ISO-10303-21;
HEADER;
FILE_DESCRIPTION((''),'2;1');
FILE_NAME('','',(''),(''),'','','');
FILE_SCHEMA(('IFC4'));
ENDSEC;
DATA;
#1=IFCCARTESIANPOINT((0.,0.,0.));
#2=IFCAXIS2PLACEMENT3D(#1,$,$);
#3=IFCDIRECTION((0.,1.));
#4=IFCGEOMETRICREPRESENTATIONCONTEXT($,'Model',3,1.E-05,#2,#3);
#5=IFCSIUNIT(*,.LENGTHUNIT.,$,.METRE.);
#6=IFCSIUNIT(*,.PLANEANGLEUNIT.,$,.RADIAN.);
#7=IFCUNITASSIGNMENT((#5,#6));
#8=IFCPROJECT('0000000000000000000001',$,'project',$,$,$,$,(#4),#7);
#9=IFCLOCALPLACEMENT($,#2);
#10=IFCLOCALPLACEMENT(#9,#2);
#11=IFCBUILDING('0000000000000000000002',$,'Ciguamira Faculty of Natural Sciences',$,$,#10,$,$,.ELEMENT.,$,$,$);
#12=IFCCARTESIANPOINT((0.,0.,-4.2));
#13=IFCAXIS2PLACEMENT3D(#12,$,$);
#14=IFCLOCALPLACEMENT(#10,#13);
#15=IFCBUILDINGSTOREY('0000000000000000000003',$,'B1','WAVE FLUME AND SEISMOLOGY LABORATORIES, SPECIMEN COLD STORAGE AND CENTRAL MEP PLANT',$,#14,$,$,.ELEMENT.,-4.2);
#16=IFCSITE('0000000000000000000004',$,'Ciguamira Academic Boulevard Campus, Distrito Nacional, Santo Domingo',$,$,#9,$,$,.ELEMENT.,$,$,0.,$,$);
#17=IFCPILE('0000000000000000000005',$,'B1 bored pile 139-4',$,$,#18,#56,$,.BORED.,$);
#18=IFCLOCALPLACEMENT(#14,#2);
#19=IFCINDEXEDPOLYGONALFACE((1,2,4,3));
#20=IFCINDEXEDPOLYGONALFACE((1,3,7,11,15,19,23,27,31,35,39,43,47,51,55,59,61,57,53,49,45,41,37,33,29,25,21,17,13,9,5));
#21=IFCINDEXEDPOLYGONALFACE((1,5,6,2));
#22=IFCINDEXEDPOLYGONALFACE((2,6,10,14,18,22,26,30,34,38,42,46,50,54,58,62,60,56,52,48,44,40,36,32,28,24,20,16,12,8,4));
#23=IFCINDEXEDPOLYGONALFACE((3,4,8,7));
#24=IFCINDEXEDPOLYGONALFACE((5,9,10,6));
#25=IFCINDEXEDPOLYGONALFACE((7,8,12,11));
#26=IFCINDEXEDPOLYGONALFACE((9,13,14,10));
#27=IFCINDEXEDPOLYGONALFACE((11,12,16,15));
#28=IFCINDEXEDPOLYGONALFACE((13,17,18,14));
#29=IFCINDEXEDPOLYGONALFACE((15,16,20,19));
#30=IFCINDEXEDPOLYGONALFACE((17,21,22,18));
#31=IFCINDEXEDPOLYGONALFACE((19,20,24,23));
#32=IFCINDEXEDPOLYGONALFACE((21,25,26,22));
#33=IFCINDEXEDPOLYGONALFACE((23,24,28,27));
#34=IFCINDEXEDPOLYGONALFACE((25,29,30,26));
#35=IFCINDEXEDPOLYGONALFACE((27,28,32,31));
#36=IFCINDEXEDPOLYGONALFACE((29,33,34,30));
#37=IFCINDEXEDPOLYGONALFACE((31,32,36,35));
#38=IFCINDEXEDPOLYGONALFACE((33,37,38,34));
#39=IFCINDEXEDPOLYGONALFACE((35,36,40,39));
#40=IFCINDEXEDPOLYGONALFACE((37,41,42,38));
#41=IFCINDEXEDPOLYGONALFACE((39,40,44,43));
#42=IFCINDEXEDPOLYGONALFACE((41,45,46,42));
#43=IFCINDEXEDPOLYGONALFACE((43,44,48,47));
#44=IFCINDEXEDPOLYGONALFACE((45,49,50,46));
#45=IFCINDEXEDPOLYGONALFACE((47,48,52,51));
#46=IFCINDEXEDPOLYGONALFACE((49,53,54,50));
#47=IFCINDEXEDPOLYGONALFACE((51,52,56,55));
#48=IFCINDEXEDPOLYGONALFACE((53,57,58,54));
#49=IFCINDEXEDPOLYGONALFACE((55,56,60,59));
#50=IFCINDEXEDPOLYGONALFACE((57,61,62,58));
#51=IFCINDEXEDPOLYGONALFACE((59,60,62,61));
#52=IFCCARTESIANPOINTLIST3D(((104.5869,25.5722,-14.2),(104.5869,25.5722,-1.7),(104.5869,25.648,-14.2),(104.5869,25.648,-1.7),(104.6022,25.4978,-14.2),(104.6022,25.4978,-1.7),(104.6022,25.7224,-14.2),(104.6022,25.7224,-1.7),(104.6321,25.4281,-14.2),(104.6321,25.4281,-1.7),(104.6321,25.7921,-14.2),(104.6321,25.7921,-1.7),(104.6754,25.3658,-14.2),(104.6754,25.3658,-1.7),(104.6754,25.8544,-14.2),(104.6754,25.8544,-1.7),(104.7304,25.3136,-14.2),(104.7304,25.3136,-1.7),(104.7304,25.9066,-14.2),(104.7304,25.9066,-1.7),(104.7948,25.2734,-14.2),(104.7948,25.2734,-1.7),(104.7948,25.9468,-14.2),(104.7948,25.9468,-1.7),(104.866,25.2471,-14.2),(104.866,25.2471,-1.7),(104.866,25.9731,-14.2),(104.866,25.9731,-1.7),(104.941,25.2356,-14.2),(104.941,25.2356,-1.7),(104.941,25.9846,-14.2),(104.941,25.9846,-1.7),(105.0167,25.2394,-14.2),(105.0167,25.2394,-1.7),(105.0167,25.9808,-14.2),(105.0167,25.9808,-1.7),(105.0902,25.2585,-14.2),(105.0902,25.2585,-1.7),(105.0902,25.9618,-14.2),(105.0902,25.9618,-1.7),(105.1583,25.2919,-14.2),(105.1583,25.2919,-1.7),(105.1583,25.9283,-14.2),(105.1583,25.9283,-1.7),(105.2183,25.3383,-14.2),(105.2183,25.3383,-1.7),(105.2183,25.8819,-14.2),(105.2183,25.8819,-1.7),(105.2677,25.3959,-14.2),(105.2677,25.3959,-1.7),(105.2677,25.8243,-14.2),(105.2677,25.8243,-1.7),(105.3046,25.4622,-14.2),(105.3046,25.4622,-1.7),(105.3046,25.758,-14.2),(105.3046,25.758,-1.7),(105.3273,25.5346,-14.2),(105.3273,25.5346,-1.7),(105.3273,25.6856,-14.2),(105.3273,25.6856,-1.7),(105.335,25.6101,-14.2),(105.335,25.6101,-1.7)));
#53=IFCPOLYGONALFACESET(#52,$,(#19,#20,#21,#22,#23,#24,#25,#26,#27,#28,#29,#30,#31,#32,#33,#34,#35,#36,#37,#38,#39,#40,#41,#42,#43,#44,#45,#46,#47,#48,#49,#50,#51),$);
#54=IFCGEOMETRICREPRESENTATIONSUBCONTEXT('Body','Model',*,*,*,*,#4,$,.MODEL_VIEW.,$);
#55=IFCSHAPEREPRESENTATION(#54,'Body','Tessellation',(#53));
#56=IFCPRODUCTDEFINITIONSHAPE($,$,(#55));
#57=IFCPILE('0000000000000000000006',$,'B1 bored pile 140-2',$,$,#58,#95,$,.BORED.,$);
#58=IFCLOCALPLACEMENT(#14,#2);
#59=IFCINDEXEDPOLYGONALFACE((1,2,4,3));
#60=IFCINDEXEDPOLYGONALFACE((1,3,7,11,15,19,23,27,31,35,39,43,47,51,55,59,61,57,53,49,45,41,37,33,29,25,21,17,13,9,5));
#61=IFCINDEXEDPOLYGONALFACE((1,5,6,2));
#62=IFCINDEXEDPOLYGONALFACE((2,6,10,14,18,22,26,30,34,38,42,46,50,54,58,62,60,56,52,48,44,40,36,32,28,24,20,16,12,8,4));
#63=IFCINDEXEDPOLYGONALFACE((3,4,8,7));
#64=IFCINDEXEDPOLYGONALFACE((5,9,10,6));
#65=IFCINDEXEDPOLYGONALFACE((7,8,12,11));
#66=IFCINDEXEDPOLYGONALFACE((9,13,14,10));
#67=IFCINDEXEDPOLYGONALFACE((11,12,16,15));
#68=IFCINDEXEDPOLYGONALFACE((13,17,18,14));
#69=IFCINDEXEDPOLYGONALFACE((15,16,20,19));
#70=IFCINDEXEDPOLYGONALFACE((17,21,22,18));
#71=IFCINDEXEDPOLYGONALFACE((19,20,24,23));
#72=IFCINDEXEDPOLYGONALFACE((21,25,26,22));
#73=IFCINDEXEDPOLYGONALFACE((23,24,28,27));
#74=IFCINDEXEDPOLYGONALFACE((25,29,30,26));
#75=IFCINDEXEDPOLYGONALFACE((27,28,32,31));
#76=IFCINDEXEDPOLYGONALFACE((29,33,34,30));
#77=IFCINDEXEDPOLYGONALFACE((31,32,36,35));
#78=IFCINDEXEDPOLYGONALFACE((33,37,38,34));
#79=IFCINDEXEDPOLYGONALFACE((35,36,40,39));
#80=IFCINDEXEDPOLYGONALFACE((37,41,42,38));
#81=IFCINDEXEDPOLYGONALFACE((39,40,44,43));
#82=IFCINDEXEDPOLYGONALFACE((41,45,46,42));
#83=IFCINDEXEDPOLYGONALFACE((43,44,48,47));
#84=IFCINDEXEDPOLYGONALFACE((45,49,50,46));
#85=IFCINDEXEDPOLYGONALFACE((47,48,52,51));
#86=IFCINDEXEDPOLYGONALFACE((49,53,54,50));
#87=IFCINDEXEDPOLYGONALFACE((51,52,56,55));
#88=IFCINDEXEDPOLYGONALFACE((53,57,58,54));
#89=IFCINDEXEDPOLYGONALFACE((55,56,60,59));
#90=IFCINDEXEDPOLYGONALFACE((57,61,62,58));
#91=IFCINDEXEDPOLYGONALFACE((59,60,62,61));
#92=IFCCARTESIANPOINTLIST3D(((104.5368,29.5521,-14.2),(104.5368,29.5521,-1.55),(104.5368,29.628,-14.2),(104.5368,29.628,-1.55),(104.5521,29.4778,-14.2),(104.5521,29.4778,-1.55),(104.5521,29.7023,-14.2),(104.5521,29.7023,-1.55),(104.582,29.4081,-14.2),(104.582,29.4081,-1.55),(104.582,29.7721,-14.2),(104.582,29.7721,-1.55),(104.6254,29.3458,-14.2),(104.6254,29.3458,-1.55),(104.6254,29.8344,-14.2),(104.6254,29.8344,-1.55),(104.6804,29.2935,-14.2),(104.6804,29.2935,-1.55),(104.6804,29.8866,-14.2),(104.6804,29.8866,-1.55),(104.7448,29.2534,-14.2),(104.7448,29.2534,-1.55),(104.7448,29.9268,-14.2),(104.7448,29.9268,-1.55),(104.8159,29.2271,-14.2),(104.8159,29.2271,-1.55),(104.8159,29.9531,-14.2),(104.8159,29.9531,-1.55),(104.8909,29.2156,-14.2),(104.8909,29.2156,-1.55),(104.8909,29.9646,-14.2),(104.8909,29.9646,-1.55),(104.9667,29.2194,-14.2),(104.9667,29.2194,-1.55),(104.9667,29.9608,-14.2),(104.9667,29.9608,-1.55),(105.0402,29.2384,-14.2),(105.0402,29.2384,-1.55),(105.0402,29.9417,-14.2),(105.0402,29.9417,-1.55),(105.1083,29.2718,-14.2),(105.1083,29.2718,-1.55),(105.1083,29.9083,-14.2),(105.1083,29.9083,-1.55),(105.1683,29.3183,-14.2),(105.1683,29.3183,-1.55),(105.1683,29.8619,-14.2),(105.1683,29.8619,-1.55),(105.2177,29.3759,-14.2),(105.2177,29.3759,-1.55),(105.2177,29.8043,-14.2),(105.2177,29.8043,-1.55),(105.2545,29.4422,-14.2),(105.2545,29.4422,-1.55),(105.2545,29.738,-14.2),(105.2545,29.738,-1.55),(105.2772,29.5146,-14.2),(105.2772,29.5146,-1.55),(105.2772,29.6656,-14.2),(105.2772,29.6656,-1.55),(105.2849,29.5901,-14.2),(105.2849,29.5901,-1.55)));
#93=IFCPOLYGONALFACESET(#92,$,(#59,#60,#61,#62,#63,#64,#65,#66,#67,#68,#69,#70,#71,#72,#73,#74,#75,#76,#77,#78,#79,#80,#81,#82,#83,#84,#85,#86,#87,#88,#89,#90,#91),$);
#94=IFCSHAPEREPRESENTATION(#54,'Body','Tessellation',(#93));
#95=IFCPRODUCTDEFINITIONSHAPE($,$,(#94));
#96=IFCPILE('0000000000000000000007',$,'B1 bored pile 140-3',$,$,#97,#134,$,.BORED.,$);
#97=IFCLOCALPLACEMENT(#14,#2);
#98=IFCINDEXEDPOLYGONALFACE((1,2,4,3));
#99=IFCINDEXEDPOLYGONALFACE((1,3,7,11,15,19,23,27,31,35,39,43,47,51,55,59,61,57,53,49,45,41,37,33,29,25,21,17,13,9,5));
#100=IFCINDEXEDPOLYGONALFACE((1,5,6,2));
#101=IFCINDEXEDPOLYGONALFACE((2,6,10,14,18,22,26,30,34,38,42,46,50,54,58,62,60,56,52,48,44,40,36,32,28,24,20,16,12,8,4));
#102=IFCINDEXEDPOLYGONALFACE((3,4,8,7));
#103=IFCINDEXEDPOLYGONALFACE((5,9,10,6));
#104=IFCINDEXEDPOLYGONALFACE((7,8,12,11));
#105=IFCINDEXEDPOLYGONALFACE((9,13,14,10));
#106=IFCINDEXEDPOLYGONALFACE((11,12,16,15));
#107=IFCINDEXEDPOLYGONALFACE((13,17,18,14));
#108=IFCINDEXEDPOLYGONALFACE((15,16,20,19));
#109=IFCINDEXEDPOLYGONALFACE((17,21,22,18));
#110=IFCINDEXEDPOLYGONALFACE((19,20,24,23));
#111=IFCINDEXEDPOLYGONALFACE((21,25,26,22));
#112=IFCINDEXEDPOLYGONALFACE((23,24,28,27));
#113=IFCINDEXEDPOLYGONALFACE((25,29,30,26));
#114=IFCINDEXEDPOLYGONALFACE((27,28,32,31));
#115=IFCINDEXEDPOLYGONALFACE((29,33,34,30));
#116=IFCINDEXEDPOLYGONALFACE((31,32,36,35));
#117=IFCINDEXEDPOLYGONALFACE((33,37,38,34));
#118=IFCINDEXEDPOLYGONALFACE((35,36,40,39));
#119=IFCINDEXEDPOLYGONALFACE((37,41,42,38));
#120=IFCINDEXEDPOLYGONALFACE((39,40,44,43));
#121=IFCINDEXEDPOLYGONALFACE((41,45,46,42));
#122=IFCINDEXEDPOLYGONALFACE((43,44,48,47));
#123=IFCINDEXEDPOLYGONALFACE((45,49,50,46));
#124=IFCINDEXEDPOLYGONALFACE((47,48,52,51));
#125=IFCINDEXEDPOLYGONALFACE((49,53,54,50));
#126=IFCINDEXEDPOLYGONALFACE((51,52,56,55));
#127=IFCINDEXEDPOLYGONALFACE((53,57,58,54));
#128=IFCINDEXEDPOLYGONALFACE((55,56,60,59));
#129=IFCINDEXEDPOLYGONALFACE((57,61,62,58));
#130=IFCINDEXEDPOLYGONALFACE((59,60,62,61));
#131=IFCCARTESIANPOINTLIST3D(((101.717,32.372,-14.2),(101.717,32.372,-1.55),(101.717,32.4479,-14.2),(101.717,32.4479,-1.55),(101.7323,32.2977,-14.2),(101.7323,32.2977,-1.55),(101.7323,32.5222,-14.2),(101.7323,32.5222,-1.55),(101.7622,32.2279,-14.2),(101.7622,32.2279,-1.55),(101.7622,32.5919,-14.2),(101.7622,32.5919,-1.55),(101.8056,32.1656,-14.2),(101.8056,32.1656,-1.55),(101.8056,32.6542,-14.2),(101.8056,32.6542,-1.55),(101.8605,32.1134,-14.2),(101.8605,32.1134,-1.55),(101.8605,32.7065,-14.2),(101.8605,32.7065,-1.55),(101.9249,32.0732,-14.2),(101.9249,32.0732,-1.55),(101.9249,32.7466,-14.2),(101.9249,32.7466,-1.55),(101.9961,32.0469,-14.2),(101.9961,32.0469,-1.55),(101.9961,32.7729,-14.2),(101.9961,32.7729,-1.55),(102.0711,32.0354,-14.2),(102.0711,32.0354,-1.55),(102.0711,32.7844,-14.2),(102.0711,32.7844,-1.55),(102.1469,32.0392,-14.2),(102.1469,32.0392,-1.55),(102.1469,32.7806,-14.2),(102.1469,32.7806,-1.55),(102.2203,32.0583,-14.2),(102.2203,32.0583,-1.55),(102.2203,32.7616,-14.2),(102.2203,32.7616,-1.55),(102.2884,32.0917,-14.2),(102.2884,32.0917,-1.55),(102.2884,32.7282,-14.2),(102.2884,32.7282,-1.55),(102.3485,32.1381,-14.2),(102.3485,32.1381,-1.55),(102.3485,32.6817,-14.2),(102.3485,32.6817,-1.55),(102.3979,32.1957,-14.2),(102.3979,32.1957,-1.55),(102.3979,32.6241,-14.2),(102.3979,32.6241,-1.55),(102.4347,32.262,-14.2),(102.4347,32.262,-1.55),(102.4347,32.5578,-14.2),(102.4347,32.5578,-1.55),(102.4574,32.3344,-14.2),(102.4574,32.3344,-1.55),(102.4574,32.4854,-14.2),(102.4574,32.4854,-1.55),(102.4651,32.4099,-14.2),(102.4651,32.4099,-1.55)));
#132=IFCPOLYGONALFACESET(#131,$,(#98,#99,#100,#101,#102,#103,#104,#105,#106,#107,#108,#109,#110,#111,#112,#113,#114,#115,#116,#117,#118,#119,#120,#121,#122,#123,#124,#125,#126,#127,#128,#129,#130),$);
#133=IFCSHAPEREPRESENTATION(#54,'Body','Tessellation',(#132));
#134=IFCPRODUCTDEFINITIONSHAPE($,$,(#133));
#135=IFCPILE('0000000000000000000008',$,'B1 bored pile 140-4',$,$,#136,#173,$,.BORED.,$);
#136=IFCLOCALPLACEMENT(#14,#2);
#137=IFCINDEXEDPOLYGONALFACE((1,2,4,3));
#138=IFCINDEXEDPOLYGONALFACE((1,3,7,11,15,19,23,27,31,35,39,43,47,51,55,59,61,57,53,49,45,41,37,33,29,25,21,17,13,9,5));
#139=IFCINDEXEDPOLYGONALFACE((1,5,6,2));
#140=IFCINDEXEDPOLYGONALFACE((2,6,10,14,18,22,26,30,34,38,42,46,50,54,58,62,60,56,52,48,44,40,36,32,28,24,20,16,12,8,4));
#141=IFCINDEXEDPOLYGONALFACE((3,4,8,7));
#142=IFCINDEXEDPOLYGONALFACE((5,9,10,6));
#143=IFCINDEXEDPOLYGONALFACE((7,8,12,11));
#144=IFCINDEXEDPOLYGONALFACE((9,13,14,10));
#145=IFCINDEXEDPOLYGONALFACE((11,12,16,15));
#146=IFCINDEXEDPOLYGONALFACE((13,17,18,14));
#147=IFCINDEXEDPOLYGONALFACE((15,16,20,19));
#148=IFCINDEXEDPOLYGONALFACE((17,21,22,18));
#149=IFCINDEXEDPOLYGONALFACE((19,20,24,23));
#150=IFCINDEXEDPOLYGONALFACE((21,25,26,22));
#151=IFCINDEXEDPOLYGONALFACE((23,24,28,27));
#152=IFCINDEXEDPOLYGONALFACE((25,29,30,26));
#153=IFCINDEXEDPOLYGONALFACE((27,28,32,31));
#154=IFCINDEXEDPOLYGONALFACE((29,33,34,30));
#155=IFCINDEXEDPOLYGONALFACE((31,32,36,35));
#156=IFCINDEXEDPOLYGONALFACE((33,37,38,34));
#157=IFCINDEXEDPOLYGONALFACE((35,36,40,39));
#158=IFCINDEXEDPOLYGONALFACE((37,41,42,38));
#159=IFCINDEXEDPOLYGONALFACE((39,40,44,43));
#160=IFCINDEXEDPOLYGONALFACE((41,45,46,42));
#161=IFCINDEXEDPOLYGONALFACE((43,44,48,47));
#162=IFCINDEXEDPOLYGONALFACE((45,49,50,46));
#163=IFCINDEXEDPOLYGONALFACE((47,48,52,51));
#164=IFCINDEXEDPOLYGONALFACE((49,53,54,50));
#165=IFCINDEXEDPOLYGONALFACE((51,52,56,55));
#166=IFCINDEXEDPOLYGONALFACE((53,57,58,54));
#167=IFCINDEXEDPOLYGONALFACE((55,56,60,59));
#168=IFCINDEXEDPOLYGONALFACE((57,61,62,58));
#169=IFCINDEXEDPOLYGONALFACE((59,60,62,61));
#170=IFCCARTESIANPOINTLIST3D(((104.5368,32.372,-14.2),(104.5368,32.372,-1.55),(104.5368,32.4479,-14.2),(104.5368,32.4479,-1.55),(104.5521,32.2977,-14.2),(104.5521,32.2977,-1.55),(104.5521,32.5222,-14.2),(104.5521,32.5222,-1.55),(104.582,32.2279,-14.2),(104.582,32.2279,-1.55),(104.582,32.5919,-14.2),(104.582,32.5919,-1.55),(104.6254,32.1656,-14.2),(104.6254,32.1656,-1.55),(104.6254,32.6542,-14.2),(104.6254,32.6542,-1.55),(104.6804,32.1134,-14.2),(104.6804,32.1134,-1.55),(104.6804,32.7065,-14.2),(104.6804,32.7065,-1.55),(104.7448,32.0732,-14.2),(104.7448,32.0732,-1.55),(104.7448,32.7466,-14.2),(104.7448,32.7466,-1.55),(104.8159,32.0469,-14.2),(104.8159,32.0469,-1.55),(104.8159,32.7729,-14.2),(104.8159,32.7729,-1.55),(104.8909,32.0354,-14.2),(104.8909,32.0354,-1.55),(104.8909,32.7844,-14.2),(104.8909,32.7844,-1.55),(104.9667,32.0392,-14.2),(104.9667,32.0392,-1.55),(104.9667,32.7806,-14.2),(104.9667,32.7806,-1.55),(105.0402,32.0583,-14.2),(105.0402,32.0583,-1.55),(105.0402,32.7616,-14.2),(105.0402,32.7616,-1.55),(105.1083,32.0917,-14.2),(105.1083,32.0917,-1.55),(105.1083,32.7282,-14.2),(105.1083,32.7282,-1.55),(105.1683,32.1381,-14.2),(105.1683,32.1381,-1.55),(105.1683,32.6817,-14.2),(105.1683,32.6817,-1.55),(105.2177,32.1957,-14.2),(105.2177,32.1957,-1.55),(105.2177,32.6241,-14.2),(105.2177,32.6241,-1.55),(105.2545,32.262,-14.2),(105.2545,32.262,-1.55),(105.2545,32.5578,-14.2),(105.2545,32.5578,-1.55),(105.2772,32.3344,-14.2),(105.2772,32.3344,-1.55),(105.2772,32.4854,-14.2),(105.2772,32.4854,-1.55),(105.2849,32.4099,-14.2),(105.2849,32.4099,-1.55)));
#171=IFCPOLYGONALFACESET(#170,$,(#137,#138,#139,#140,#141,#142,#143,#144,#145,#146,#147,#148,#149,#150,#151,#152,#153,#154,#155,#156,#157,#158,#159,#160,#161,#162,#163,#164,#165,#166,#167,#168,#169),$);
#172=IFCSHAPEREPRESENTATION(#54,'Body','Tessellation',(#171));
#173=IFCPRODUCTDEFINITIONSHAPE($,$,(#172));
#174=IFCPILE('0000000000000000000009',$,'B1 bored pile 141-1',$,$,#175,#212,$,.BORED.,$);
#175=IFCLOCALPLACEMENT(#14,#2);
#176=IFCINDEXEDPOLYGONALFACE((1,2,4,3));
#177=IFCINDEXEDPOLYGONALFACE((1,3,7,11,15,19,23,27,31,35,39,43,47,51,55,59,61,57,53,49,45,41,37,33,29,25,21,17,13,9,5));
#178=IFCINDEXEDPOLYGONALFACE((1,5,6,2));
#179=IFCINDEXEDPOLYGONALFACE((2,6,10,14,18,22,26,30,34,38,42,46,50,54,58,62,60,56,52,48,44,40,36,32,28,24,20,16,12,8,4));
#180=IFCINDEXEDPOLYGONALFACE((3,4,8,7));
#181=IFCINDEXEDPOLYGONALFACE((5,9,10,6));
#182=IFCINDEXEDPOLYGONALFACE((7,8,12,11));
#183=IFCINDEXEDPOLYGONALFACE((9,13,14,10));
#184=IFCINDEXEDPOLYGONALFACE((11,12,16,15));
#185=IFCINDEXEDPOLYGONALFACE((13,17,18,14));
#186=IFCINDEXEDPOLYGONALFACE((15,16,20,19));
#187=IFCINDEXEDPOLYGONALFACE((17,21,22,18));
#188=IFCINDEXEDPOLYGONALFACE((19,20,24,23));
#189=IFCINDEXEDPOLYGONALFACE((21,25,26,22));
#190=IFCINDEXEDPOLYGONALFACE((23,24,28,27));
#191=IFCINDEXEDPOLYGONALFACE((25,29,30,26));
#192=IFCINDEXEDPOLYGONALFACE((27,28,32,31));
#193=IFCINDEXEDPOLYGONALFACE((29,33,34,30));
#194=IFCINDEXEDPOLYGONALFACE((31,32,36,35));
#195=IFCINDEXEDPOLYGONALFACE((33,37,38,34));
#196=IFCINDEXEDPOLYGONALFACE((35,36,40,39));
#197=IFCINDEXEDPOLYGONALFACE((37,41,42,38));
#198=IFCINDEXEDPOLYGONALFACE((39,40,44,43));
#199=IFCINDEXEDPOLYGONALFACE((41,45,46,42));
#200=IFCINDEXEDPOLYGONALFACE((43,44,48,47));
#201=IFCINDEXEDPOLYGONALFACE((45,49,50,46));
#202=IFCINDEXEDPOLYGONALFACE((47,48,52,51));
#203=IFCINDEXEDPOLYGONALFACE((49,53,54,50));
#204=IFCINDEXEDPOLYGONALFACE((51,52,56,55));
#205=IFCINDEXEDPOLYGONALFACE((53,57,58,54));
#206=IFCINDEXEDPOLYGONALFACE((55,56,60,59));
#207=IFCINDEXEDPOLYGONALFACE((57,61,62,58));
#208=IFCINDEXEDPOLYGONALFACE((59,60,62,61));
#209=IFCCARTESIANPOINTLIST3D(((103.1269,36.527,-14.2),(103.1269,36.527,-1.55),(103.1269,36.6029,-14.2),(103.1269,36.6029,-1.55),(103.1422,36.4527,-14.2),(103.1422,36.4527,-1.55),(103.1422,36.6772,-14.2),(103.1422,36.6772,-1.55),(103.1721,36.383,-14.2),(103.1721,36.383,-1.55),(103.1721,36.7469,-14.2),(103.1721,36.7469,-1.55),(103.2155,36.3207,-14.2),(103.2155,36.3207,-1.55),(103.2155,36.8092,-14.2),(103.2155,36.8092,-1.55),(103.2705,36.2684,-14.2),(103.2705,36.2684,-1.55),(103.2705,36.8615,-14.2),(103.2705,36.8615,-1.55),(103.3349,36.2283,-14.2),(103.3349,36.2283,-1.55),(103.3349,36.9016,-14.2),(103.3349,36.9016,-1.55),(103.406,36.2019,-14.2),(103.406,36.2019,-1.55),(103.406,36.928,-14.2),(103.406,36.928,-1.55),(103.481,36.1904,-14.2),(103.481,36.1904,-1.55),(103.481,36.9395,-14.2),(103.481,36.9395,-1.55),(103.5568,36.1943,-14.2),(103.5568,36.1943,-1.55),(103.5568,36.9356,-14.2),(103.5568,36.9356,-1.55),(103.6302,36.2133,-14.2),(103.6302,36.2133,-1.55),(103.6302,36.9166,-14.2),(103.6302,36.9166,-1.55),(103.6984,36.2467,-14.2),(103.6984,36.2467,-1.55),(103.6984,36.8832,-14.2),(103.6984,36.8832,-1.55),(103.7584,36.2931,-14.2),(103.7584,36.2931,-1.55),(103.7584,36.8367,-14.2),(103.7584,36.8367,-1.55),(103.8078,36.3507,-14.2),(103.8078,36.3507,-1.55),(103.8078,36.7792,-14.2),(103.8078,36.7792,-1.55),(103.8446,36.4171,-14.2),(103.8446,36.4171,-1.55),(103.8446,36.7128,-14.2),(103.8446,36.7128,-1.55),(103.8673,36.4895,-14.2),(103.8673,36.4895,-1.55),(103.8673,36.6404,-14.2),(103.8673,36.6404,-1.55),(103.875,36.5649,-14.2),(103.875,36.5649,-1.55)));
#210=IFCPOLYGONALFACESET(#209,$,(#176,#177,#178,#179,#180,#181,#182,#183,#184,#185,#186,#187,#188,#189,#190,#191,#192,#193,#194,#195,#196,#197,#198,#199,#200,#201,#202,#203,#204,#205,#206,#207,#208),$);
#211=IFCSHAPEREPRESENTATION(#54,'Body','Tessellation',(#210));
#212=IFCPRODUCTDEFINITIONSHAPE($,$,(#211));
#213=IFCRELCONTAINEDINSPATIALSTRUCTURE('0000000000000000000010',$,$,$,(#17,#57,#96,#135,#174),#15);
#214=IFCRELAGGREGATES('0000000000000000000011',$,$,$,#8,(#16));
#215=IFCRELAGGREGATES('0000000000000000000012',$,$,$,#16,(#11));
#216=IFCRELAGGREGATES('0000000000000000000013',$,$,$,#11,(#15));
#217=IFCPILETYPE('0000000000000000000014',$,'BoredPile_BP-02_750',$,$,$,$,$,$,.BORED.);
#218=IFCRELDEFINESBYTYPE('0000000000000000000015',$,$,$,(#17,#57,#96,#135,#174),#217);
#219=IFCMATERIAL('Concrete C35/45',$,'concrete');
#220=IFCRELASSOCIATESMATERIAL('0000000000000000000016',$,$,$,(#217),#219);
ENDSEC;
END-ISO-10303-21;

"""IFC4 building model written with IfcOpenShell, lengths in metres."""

from ifc_helpers import new_model, si_unit, direction, frame, origin, origin_2d, place, context, subcontext, project, spatial, circle, extrude, material, material_profile, profile_set, type_object, element, save


model = new_model("IFC4")

# Units and contexts
model_context = context("Model", 3, precision=1e-05, world=origin(), true_north=direction((0.0, 1.0)))
body_context = subcontext(model_context, "Body", "Model", "MODEL_VIEW")
ifc_project = project(units=[si_unit("LENGTHUNIT", "METRE"), si_unit("PLANEANGLEUNIT", "RADIAN")], contexts=[model_context])

# Site, building, storey
site_placement = place(None, origin())
site = spatial("IfcSite", under=ifc_project, at=site_placement, Name="Ciguamira Academic Boulevard Campus, Distrito Nacional, Santo Domingo", CompositionType="ELEMENT", RefElevation=0.0)
building_placement = place(site_placement, origin())
building = spatial("IfcBuilding", under=site, at=building_placement, Name="Ciguamira Faculty of Natural Sciences", CompositionType="ELEMENT")
storey_placement = place(building_placement, frame((0.0, 0.0, -4.2)))
storey = spatial("IfcBuildingStorey", under=building, at=storey_placement, Name="B1", Description="WAVE FLUME AND SEISMOLOGY LABORATORIES, SPECIMEN COLD STORAGE AND CENTRAL MEP PLANT", CompositionType="ELEMENT", Elevation=-4.2)

# Piles
ifc_material_1 = material(Name="Concrete C35/45", Category="concrete")
ifc_material_profile_1 = material_profile(ifc_material_1, circle(Radius=0.375, at=origin_2d()), Name="PILE-BORED-750")
ifc_profile_set_1 = profile_set([ifc_material_profile_1], Name="Concrete C35/45")
pile_type = type_object("IfcPileType", Name="BoredPile_BP-02_750", PredefinedType="BORED", material=ifc_profile_set_1)
pile_1_placement = place(storey_placement, frame((104.96, 25.6101, -1.7), z_axis=(0.0, 0.0, -1.0), x_axis=(1.0, 0.0, 0.0)))
element("IfcPile", 1, at=pile_1_placement, inside=storey, type_object=pile_type, Name="B1 bored pile 139-4", PredefinedType="BORED", context=body_context, shape_type="SweptSolid", body=[
    extrude(circle(Radius=0.375, at=origin_2d()), origin(), (0.0, 0.0, 1.0), 12.5),
])
for number, where, z_axis, x_axis, name in (
    (2, (104.9099, 29.5901, -1.55), (0.0, 0.0, -1.0), (1.0, 0.0, 0.0), "B1 bored pile 140-2"),
    (3, (102.0901, 32.4099, -1.55), (0.0, 0.0, -1.0), (1.0, 0.0, 0.0), "B1 bored pile 140-3"),
    (4, (104.9099, 32.4099, -1.55), (0.0, 0.0, -1.0), (1.0, 0.0, 0.0), "B1 bored pile 140-4"),
    (5, (103.5, 36.5649, -1.55), (0.0, 0.0, -1.0), (1.0, 0.0, 0.0), "B1 bored pile 141-1"),
):
    element("IfcPile", number, at=place(storey_placement, frame(where, z_axis=z_axis, x_axis=x_axis)), inside=storey, type_object=pile_type, Name=name, PredefinedType="BORED", context=body_context, shape_type="SweptSolid", body=[
        extrude(circle(Radius=0.375, at=origin_2d()), origin(), (0.0, 0.0, 1.0), 12.6499),
    ])

save(model, "model.ifc")
